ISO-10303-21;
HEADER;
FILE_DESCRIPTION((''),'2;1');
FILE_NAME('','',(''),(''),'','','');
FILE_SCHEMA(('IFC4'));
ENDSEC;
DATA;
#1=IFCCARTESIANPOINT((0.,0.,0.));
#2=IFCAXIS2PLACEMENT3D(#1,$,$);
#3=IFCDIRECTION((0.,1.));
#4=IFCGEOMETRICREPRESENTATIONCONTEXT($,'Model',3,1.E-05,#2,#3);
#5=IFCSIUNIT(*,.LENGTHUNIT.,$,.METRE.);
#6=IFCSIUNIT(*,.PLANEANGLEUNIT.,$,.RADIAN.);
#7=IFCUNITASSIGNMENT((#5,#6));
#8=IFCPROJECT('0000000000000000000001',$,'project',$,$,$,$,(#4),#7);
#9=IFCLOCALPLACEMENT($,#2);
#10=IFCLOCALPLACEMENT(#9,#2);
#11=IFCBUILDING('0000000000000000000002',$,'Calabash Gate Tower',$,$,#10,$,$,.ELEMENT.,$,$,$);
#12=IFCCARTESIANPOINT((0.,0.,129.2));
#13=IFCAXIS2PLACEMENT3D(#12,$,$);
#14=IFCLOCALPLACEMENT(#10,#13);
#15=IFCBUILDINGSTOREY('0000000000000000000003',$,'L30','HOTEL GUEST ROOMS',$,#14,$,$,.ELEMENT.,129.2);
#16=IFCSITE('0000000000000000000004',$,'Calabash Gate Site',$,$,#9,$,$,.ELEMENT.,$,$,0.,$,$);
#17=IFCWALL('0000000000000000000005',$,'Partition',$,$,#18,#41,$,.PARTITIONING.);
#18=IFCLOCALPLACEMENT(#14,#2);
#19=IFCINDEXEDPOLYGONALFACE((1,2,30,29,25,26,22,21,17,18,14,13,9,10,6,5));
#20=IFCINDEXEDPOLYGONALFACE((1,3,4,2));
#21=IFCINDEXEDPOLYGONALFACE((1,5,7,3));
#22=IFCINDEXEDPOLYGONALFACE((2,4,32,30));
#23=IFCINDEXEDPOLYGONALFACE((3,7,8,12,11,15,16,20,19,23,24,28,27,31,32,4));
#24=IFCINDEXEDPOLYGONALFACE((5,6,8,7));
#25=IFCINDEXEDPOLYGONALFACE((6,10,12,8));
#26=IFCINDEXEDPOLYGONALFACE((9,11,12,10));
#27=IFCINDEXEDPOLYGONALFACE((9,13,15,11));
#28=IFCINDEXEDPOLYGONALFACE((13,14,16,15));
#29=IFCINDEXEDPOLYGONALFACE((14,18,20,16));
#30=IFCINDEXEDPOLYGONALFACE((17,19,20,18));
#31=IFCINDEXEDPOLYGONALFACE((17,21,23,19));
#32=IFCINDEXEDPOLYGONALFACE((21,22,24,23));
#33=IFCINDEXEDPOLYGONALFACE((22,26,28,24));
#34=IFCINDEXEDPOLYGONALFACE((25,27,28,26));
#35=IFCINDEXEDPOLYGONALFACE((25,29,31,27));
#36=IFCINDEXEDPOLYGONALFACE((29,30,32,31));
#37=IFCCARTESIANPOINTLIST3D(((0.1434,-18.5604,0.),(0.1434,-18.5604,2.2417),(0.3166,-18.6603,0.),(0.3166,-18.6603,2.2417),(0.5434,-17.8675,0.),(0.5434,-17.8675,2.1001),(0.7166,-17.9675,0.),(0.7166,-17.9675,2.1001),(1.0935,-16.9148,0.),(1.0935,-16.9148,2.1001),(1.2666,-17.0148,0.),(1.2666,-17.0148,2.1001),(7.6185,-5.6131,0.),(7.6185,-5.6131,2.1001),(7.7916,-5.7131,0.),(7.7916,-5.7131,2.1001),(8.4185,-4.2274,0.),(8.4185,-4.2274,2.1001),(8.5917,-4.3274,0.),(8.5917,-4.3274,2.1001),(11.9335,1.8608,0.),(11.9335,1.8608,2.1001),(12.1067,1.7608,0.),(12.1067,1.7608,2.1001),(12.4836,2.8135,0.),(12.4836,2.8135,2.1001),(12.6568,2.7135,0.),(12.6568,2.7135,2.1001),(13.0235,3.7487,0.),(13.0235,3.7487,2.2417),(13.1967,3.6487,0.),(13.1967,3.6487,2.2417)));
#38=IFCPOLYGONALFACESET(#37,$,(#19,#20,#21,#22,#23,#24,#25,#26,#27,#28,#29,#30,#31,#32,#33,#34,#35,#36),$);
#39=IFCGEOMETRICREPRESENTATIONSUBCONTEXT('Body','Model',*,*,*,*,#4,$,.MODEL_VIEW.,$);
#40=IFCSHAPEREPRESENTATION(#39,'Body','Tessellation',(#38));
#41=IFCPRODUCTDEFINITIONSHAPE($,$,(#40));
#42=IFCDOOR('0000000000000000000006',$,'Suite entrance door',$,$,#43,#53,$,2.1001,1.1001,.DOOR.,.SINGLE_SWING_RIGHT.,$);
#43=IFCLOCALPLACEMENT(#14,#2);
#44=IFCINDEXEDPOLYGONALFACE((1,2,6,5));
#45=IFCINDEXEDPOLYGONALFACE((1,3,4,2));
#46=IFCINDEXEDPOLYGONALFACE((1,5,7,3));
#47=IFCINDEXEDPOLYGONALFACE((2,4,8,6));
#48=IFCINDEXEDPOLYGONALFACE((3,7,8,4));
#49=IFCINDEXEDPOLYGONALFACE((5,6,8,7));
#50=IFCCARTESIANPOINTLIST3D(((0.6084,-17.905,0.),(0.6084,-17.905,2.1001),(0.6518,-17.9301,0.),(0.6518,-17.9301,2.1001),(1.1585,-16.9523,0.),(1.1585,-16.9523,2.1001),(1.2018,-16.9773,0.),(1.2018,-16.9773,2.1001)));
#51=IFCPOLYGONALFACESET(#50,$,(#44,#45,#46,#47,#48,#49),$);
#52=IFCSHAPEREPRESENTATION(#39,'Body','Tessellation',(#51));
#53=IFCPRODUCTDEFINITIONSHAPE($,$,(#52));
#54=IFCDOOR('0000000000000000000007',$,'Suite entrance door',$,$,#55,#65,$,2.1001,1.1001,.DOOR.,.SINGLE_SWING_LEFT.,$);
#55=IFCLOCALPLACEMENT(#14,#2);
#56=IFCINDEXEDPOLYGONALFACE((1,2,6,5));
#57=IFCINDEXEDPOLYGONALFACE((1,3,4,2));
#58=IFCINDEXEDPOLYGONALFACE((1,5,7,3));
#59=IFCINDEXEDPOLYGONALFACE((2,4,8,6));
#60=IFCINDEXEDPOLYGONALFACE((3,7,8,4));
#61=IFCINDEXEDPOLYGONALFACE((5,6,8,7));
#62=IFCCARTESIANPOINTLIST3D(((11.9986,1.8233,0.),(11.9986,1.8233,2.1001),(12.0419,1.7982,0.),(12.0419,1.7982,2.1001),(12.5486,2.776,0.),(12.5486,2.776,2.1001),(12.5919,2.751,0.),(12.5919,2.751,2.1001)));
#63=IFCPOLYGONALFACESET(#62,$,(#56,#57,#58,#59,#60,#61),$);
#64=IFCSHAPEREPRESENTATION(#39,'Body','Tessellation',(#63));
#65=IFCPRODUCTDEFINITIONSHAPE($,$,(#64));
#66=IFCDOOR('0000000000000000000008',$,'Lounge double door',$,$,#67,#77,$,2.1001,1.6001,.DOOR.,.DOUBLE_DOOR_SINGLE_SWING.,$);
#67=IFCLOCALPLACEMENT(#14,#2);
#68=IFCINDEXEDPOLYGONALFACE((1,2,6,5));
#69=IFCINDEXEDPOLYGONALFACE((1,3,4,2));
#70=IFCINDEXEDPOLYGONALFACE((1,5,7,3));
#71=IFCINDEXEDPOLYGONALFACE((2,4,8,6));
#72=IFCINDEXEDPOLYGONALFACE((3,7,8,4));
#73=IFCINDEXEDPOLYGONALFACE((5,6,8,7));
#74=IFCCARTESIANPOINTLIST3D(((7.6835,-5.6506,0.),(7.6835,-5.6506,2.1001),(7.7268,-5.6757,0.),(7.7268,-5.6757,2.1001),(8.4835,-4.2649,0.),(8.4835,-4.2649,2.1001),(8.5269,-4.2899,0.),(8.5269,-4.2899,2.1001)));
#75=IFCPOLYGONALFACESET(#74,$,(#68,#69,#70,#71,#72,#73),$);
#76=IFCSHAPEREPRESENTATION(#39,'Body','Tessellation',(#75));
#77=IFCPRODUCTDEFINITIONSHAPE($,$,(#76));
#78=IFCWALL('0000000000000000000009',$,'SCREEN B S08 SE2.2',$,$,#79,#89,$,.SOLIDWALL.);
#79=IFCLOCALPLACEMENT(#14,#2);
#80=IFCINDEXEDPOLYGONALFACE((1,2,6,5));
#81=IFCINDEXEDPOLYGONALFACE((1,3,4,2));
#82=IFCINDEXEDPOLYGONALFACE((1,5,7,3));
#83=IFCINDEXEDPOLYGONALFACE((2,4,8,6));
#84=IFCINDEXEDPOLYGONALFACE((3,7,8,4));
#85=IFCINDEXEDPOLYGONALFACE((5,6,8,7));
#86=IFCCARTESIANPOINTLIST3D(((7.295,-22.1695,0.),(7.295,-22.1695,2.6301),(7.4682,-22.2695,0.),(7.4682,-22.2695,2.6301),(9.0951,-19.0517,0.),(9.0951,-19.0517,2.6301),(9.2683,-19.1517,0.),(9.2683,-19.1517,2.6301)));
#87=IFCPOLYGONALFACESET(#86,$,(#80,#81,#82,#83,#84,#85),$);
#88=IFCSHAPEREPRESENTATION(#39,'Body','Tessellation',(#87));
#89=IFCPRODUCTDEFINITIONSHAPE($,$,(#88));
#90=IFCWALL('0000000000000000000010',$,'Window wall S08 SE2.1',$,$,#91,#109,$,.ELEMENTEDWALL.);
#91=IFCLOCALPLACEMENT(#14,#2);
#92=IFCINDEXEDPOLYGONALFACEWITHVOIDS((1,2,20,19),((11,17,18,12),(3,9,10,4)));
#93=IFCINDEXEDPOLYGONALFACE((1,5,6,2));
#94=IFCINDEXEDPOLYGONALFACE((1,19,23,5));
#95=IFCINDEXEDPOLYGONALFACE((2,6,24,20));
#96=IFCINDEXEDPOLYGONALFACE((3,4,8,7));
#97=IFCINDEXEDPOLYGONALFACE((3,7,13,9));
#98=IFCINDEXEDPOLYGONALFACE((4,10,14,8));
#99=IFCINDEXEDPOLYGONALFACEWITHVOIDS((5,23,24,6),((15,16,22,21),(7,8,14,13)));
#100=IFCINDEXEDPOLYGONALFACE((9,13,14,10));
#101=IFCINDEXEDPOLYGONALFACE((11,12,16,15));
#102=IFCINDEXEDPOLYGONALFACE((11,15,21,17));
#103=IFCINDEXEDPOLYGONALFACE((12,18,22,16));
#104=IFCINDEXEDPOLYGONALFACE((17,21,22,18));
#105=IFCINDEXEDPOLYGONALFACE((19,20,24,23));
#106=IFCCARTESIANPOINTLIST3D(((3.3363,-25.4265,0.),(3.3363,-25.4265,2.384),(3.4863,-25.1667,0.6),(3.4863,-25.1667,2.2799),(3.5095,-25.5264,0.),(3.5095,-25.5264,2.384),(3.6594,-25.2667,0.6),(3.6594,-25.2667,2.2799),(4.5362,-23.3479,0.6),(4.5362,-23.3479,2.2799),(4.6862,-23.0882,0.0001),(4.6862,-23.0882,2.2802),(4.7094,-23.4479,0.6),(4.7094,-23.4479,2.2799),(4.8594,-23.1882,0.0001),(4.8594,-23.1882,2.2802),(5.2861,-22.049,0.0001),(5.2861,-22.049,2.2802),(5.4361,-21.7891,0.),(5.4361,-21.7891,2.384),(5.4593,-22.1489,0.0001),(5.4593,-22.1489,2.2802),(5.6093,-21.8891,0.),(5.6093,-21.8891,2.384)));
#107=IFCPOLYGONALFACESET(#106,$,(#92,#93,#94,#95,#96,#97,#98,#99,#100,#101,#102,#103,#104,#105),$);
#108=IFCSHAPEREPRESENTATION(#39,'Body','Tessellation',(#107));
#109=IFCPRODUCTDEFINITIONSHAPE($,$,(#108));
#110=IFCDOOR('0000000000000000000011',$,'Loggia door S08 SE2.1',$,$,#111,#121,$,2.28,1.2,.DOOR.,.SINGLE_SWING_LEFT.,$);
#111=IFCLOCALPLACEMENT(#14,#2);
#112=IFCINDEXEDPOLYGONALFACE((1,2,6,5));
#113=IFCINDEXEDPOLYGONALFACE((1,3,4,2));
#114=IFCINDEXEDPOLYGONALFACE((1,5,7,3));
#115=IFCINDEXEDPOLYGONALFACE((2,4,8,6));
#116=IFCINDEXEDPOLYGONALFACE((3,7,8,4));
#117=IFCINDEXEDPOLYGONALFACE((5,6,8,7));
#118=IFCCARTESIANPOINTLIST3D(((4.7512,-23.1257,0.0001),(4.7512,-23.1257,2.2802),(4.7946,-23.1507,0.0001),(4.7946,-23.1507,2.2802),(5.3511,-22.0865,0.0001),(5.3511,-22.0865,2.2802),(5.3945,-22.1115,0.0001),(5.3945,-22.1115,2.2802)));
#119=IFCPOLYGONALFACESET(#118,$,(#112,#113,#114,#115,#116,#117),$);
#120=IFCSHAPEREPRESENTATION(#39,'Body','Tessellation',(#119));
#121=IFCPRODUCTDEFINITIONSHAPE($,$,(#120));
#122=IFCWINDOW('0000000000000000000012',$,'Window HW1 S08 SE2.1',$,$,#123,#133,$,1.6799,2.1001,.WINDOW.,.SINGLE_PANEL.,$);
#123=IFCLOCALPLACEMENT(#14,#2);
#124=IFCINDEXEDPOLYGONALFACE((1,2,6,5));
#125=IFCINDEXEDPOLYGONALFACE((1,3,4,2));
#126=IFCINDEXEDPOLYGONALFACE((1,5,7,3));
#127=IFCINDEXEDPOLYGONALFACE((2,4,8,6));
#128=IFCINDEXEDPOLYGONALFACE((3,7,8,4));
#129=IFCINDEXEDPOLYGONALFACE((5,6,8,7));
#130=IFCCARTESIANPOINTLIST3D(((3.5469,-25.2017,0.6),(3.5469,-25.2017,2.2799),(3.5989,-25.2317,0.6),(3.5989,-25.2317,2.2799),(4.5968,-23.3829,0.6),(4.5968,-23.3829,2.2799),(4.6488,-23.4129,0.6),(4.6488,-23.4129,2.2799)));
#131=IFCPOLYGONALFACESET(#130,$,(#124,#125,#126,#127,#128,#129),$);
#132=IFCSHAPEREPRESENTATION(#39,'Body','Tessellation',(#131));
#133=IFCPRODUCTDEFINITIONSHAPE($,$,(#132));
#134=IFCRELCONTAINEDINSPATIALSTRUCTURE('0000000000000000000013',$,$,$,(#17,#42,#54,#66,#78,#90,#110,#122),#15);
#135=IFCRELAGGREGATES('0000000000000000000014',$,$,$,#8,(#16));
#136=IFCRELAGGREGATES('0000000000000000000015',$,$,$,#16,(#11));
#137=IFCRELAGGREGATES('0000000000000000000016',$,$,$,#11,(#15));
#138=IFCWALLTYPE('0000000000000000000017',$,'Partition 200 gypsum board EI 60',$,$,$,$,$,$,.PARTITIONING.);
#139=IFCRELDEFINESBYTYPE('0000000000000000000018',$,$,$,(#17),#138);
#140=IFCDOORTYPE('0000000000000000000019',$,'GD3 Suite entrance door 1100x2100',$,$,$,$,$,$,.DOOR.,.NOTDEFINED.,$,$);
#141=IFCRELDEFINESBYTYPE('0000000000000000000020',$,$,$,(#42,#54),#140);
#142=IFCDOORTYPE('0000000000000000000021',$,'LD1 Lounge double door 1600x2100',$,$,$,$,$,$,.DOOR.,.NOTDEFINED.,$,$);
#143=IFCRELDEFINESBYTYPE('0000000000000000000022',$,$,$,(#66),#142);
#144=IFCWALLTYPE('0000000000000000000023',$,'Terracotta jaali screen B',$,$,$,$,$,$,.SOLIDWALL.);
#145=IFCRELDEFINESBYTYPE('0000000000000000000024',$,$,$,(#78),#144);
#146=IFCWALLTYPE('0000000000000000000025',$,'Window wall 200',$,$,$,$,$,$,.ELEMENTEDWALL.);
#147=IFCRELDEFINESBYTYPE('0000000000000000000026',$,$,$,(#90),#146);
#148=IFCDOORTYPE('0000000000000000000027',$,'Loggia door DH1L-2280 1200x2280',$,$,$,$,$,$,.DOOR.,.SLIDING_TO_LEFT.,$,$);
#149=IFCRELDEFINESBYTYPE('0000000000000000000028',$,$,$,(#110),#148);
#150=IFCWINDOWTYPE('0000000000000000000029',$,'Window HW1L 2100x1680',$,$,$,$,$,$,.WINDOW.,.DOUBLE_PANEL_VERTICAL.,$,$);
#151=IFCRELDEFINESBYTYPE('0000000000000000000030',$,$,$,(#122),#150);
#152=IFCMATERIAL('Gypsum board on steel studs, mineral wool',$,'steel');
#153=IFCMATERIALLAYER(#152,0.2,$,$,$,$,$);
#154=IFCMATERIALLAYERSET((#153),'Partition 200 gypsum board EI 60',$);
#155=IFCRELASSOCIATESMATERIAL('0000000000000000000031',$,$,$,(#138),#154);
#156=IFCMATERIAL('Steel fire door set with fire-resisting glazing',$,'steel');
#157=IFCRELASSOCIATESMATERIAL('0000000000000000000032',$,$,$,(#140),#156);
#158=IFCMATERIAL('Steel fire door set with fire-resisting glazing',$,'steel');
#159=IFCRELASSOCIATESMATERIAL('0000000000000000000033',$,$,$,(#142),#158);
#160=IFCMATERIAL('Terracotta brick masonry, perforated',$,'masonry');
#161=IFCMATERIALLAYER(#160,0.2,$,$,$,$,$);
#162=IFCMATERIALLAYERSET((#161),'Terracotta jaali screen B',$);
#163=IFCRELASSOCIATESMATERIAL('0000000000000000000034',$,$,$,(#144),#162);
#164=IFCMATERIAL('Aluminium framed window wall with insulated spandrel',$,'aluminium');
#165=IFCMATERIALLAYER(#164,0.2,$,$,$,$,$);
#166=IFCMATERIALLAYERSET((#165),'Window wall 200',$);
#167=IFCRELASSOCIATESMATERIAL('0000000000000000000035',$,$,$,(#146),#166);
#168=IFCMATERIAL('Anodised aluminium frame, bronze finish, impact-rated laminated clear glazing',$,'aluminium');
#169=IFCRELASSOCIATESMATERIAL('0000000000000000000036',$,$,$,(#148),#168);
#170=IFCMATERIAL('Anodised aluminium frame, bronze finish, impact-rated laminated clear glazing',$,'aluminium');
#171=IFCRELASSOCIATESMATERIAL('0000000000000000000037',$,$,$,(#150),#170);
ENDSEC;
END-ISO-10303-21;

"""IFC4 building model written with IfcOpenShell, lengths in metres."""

from ifc_helpers import new_model, si_unit, direction, frame, frame_2d, origin, place, context, subcontext, project, spatial, rectangle, extrude, material, layer, layer_set, type_object, element, fill, save


model = new_model("IFC4")

# Units and contexts
model_context = context("Model", 3, precision=1e-05, world=origin(), true_north=direction((0.0, 1.0)))
body_context = subcontext(model_context, "Body", "Model", "MODEL_VIEW")
ifc_project = project(units=[si_unit("LENGTHUNIT", "METRE"), si_unit("PLANEANGLEUNIT", "RADIAN")], contexts=[model_context])

# Site, building, storey
site_placement = place(None, origin())
site = spatial("IfcSite", under=ifc_project, at=site_placement, Name="Calabash Gate Site", CompositionType="ELEMENT", RefElevation=0.0)
building_placement = place(site_placement, origin())
building = spatial("IfcBuilding", under=site, at=building_placement, Name="Calabash Gate Tower", CompositionType="ELEMENT")
storey_placement = place(building_placement, frame((0.0, 0.0, 129.2)))
storey = spatial("IfcBuildingStorey", under=building, at=storey_placement, Name="L30", Description="HOTEL GUEST ROOMS", CompositionType="ELEMENT", Elevation=129.2)

# Shared definitions
ifc_material_1 = material(Name="Gypsum board on steel studs, mineral wool", Category="steel")
ifc_layer_1 = layer(ifc_material_1, 0.2)
ifc_layer_set_1 = layer_set([ifc_layer_1], Name="Partition 200 gypsum board EI 60")
wall_type_1 = type_object("IfcWallType", Name="Partition 200 gypsum board EI 60", PredefinedType="PARTITIONING", material=ifc_layer_set_1)

# Wall, openings, doors
wall_1_placement = place(storey_placement, frame((0.23, -18.6104, 0.0), z_axis=(0.0, 0.0, 1.0), x_axis=(0.499999, 0.866026, 0.0)))
wall_1 = element("IfcWall", 1, at=wall_1_placement, inside=storey, type_object=wall_type_1, Name="Partition", PredefinedType="PARTITIONING", context=body_context, shape_type="SweptSolid", body=[
    extrude(rectangle(XDim=25.7603, YDim=0.2, at=frame_2d((12.8801, 0.0))), origin(), (0.0, 0.0, 1.0), 2.2417),
])
opening_1_placement = place(wall_1_placement, frame((0.8, 0.0, 0.0)))
opening_1 = element("IfcOpeningElement", 2, at=opening_1_placement, cuts=wall_1, PredefinedType="OPENING", context=body_context, shape_type="SweptSolid", body=[
    extrude(rectangle(XDim=1.1001, YDim=2.1001, at=frame_2d((0.55, 1.05))), frame((0.0, 0.1099, 0.0), z_axis=(0.0, -1.0, 0.0), x_axis=(1.0, 0.0, 0.0)), (0.0, 0.0, 1.0), 0.22),
])
opening_2_placement = place(wall_1_placement, frame((14.9502, 0.0, 0.0)))
opening_2 = element("IfcOpeningElement", 3, at=opening_2_placement, cuts=wall_1, PredefinedType="OPENING", context=body_context, shape_type="SweptSolid", body=[
    extrude(rectangle(XDim=1.6001, YDim=2.1001, at=frame_2d((0.8, 1.05))), frame((0.0, 0.1099, 0.0), z_axis=(0.0, -1.0, 0.0), x_axis=(1.0, 0.0, 0.0)), (0.0, 0.0, 1.0), 0.22),
])
opening_3_placement = place(wall_1_placement, frame((23.5803, 0.0, 0.0)))
opening_3 = element("IfcOpeningElement", 4, at=opening_3_placement, cuts=wall_1, PredefinedType="OPENING", context=body_context, shape_type="SweptSolid", body=[
    extrude(rectangle(XDim=1.1001, YDim=2.1001, at=frame_2d((0.55, 1.05))), frame((0.0, 0.1099, 0.0), z_axis=(0.0, -1.0, 0.0), x_axis=(1.0, 0.0, 0.0)), (0.0, 0.0, 1.0), 0.22),
])
ifc_material_2 = material(Name="Steel fire door set with fire-resisting glazing", Category="steel")
door_type_1 = type_object("IfcDoorType", Name="GD3 Suite entrance door 1100x2100", OperationType="NOTDEFINED", PredefinedType="DOOR", material=ifc_material_2)
door_1_placement = place(opening_1_placement, origin())
door_1 = element("IfcDoor", 5, at=door_1_placement, inside=storey, type_object=door_type_1, Name="Suite entrance door", OperationType="SINGLE_SWING_RIGHT", OverallHeight=2.1001, OverallWidth=1.1001, PredefinedType="DOOR", context=body_context, shape_type="SweptSolid", body=[
    extrude(rectangle(XDim=1.1001, YDim=2.1001, at=frame_2d((0.55, 1.05))), frame((0.0, 0.0249, 0.0), z_axis=(0.0, -1.0, 0.0), x_axis=(1.0, 0.0, 0.0)), (0.0, 0.0, 1.0), 0.05),
])
fill(opening_1, door_1)
door_2_placement = place(opening_3_placement, origin())
door_2 = element("IfcDoor", 6, at=door_2_placement, inside=storey, type_object=door_type_1, Name="Suite entrance door", OperationType="SINGLE_SWING_LEFT", OverallHeight=2.1001, OverallWidth=1.1001, PredefinedType="DOOR", context=body_context, shape_type="SweptSolid", body=[
    extrude(rectangle(XDim=1.1001, YDim=2.1001, at=frame_2d((0.55, 1.05))), frame((0.0, 0.0249, 0.0), z_axis=(0.0, -1.0, 0.0), x_axis=(1.0, 0.0, 0.0)), (0.0, 0.0, 1.0), 0.05),
])
fill(opening_3, door_2)
ifc_material_3 = material(Name="Steel fire door set with fire-resisting glazing", Category="steel")
door_type_2 = type_object("IfcDoorType", Name="LD1 Lounge double door 1600x2100", OperationType="NOTDEFINED", PredefinedType="DOOR", material=ifc_material_3)
door_3_placement = place(opening_2_placement, origin())
door_3 = element("IfcDoor", 7, at=door_3_placement, inside=storey, type_object=door_type_2, Name="Lounge double door", OperationType="DOUBLE_DOOR_SINGLE_SWING", OverallHeight=2.1001, OverallWidth=1.6001, PredefinedType="DOOR", context=body_context, shape_type="SweptSolid", body=[
    extrude(rectangle(XDim=1.6001, YDim=2.1001, at=frame_2d((0.8, 1.05))), frame((0.0, 0.0249, 0.0), z_axis=(0.0, -1.0, 0.0), x_axis=(1.0, 0.0, 0.0)), (0.0, 0.0, 1.0), 0.05),
])
fill(opening_2, door_3)

# Wall
ifc_material_4 = material(Name="Terracotta brick masonry, perforated", Category="masonry")
ifc_layer_2 = layer(ifc_material_4, 0.2)
ifc_layer_set_2 = layer_set([ifc_layer_2], Name="Terracotta jaali screen B")
wall_type_2 = type_object("IfcWallType", Name="Terracotta jaali screen B", PredefinedType="SOLIDWALL", material=ifc_layer_set_2)
wall_2_placement = place(storey_placement, frame((7.3816, -22.2195, 0.0), z_axis=(0.0, 0.0, 1.0), x_axis=(0.500012, 0.866018, 0.0)))
element("IfcWall", 8, at=wall_2_placement, inside=storey, type_object=wall_type_2, Name="SCREEN B S08 SE2.2", PredefinedType="SOLIDWALL", context=body_context, shape_type="SweptSolid", body=[
    extrude(rectangle(XDim=3.6001, YDim=0.2, at=frame_2d((1.8, 0.0))), origin(), (0.0, 0.0, 1.0), 2.6301),
])

# Wall, openings, door, window
ifc_material_5 = material(Name="Aluminium framed window wall with insulated spandrel", Category="aluminium")
ifc_layer_3 = layer(ifc_material_5, 0.2)
ifc_layer_set_3 = layer_set([ifc_layer_3], Name="Window wall 200")
wall_type_3 = type_object("IfcWallType", Name="Window wall 200", PredefinedType="ELEMENTEDWALL", material=ifc_layer_set_3)
wall_3_placement = place(storey_placement, frame((3.4229, -25.4766, 0.0), z_axis=(0.0, 0.0, 1.0), x_axis=(0.499959, 0.866049, 0.0)))
wall_3 = element("IfcWall", 9, at=wall_3_placement, inside=storey, type_object=wall_type_3, Name="Window wall S08 SE2.1", PredefinedType="ELEMENTEDWALL", context=body_context, shape_type="SweptSolid", body=[
    extrude(rectangle(XDim=4.2, YDim=0.2, at=frame_2d((2.1001, 0.0))), origin(), (0.0, 0.0, 1.0), 2.384),
])
opening_4_placement = place(wall_3_placement, frame((0.3, 0.0, 0.6001)))
opening_4 = element("IfcOpeningElement", 10, at=opening_4_placement, cuts=wall_3, PredefinedType="OPENING", context=body_context, shape_type="SweptSolid", body=[
    extrude(rectangle(XDim=2.1001, YDim=1.6799, at=frame_2d((1.05, 0.8398))), frame((0.0, 0.1099, 0.0), z_axis=(0.0, -1.0, 0.0), x_axis=(1.0, 0.0, 0.0)), (0.0, 0.0, 1.0), 0.22),
])
opening_5_placement = place(wall_3_placement, frame((2.7, 0.0, 0.0)))
opening_5 = element("IfcOpeningElement", 11, at=opening_5_placement, cuts=wall_3, PredefinedType="OPENING", context=body_context, shape_type="SweptSolid", body=[
    extrude(rectangle(XDim=1.2, YDim=2.28, at=frame_2d((0.6001, 1.1401))), frame((0.0, 0.1099, 0.0), z_axis=(0.0, -1.0, 0.0), x_axis=(1.0, 0.0, 0.0)), (0.0, 0.0, 1.0), 0.22),
])
ifc_material_6 = material(Name="Anodised aluminium frame, bronze finish, impact-rated laminated clear glazing", Category="aluminium")
door_type_3 = type_object("IfcDoorType", Name="Loggia door DH1L-2280 1200x2280", OperationType="SLIDING_TO_LEFT", PredefinedType="DOOR", material=ifc_material_6)
door_4_placement = place(opening_5_placement, origin())
door_4 = element("IfcDoor", 12, at=door_4_placement, inside=storey, type_object=door_type_3, Name="Loggia door S08 SE2.1", OperationType="SINGLE_SWING_LEFT", OverallHeight=2.28, OverallWidth=1.2, PredefinedType="DOOR", context=body_context, shape_type="SweptSolid", body=[
    extrude(rectangle(XDim=1.2, YDim=2.28, at=frame_2d((0.6001, 1.1401))), frame((0.0, 0.0249, 0.0), z_axis=(0.0, -1.0, 0.0), x_axis=(1.0, 0.0, 0.0)), (0.0, 0.0, 1.0), 0.05),
])
fill(opening_5, door_4)
ifc_material_7 = material(Name="Anodised aluminium frame, bronze finish, impact-rated laminated clear glazing", Category="aluminium")
window_type_1 = type_object("IfcWindowType", Name="Window HW1L 2100x1680", PartitioningType="DOUBLE_PANEL_VERTICAL", PredefinedType="WINDOW", material=ifc_material_7)
window_1_placement = place(opening_4_placement, origin())
window_1 = element("IfcWindow", 13, at=window_1_placement, inside=storey, type_object=window_type_1, Name="Window HW1 S08 SE2.1", OverallHeight=1.6799, OverallWidth=2.1001, PartitioningType="SINGLE_PANEL", PredefinedType="WINDOW", context=body_context, shape_type="SweptSolid", body=[
    extrude(rectangle(XDim=2.1001, YDim=1.6799, at=frame_2d((1.05, 0.8398))), frame((0.0, 0.03, 0.0), z_axis=(0.0, -1.0, 0.0), x_axis=(1.0, 0.0, 0.0)), (0.0, 0.0, 1.0), 0.0601),
])
fill(opening_4, window_1)

save(model, "model.ifc")
